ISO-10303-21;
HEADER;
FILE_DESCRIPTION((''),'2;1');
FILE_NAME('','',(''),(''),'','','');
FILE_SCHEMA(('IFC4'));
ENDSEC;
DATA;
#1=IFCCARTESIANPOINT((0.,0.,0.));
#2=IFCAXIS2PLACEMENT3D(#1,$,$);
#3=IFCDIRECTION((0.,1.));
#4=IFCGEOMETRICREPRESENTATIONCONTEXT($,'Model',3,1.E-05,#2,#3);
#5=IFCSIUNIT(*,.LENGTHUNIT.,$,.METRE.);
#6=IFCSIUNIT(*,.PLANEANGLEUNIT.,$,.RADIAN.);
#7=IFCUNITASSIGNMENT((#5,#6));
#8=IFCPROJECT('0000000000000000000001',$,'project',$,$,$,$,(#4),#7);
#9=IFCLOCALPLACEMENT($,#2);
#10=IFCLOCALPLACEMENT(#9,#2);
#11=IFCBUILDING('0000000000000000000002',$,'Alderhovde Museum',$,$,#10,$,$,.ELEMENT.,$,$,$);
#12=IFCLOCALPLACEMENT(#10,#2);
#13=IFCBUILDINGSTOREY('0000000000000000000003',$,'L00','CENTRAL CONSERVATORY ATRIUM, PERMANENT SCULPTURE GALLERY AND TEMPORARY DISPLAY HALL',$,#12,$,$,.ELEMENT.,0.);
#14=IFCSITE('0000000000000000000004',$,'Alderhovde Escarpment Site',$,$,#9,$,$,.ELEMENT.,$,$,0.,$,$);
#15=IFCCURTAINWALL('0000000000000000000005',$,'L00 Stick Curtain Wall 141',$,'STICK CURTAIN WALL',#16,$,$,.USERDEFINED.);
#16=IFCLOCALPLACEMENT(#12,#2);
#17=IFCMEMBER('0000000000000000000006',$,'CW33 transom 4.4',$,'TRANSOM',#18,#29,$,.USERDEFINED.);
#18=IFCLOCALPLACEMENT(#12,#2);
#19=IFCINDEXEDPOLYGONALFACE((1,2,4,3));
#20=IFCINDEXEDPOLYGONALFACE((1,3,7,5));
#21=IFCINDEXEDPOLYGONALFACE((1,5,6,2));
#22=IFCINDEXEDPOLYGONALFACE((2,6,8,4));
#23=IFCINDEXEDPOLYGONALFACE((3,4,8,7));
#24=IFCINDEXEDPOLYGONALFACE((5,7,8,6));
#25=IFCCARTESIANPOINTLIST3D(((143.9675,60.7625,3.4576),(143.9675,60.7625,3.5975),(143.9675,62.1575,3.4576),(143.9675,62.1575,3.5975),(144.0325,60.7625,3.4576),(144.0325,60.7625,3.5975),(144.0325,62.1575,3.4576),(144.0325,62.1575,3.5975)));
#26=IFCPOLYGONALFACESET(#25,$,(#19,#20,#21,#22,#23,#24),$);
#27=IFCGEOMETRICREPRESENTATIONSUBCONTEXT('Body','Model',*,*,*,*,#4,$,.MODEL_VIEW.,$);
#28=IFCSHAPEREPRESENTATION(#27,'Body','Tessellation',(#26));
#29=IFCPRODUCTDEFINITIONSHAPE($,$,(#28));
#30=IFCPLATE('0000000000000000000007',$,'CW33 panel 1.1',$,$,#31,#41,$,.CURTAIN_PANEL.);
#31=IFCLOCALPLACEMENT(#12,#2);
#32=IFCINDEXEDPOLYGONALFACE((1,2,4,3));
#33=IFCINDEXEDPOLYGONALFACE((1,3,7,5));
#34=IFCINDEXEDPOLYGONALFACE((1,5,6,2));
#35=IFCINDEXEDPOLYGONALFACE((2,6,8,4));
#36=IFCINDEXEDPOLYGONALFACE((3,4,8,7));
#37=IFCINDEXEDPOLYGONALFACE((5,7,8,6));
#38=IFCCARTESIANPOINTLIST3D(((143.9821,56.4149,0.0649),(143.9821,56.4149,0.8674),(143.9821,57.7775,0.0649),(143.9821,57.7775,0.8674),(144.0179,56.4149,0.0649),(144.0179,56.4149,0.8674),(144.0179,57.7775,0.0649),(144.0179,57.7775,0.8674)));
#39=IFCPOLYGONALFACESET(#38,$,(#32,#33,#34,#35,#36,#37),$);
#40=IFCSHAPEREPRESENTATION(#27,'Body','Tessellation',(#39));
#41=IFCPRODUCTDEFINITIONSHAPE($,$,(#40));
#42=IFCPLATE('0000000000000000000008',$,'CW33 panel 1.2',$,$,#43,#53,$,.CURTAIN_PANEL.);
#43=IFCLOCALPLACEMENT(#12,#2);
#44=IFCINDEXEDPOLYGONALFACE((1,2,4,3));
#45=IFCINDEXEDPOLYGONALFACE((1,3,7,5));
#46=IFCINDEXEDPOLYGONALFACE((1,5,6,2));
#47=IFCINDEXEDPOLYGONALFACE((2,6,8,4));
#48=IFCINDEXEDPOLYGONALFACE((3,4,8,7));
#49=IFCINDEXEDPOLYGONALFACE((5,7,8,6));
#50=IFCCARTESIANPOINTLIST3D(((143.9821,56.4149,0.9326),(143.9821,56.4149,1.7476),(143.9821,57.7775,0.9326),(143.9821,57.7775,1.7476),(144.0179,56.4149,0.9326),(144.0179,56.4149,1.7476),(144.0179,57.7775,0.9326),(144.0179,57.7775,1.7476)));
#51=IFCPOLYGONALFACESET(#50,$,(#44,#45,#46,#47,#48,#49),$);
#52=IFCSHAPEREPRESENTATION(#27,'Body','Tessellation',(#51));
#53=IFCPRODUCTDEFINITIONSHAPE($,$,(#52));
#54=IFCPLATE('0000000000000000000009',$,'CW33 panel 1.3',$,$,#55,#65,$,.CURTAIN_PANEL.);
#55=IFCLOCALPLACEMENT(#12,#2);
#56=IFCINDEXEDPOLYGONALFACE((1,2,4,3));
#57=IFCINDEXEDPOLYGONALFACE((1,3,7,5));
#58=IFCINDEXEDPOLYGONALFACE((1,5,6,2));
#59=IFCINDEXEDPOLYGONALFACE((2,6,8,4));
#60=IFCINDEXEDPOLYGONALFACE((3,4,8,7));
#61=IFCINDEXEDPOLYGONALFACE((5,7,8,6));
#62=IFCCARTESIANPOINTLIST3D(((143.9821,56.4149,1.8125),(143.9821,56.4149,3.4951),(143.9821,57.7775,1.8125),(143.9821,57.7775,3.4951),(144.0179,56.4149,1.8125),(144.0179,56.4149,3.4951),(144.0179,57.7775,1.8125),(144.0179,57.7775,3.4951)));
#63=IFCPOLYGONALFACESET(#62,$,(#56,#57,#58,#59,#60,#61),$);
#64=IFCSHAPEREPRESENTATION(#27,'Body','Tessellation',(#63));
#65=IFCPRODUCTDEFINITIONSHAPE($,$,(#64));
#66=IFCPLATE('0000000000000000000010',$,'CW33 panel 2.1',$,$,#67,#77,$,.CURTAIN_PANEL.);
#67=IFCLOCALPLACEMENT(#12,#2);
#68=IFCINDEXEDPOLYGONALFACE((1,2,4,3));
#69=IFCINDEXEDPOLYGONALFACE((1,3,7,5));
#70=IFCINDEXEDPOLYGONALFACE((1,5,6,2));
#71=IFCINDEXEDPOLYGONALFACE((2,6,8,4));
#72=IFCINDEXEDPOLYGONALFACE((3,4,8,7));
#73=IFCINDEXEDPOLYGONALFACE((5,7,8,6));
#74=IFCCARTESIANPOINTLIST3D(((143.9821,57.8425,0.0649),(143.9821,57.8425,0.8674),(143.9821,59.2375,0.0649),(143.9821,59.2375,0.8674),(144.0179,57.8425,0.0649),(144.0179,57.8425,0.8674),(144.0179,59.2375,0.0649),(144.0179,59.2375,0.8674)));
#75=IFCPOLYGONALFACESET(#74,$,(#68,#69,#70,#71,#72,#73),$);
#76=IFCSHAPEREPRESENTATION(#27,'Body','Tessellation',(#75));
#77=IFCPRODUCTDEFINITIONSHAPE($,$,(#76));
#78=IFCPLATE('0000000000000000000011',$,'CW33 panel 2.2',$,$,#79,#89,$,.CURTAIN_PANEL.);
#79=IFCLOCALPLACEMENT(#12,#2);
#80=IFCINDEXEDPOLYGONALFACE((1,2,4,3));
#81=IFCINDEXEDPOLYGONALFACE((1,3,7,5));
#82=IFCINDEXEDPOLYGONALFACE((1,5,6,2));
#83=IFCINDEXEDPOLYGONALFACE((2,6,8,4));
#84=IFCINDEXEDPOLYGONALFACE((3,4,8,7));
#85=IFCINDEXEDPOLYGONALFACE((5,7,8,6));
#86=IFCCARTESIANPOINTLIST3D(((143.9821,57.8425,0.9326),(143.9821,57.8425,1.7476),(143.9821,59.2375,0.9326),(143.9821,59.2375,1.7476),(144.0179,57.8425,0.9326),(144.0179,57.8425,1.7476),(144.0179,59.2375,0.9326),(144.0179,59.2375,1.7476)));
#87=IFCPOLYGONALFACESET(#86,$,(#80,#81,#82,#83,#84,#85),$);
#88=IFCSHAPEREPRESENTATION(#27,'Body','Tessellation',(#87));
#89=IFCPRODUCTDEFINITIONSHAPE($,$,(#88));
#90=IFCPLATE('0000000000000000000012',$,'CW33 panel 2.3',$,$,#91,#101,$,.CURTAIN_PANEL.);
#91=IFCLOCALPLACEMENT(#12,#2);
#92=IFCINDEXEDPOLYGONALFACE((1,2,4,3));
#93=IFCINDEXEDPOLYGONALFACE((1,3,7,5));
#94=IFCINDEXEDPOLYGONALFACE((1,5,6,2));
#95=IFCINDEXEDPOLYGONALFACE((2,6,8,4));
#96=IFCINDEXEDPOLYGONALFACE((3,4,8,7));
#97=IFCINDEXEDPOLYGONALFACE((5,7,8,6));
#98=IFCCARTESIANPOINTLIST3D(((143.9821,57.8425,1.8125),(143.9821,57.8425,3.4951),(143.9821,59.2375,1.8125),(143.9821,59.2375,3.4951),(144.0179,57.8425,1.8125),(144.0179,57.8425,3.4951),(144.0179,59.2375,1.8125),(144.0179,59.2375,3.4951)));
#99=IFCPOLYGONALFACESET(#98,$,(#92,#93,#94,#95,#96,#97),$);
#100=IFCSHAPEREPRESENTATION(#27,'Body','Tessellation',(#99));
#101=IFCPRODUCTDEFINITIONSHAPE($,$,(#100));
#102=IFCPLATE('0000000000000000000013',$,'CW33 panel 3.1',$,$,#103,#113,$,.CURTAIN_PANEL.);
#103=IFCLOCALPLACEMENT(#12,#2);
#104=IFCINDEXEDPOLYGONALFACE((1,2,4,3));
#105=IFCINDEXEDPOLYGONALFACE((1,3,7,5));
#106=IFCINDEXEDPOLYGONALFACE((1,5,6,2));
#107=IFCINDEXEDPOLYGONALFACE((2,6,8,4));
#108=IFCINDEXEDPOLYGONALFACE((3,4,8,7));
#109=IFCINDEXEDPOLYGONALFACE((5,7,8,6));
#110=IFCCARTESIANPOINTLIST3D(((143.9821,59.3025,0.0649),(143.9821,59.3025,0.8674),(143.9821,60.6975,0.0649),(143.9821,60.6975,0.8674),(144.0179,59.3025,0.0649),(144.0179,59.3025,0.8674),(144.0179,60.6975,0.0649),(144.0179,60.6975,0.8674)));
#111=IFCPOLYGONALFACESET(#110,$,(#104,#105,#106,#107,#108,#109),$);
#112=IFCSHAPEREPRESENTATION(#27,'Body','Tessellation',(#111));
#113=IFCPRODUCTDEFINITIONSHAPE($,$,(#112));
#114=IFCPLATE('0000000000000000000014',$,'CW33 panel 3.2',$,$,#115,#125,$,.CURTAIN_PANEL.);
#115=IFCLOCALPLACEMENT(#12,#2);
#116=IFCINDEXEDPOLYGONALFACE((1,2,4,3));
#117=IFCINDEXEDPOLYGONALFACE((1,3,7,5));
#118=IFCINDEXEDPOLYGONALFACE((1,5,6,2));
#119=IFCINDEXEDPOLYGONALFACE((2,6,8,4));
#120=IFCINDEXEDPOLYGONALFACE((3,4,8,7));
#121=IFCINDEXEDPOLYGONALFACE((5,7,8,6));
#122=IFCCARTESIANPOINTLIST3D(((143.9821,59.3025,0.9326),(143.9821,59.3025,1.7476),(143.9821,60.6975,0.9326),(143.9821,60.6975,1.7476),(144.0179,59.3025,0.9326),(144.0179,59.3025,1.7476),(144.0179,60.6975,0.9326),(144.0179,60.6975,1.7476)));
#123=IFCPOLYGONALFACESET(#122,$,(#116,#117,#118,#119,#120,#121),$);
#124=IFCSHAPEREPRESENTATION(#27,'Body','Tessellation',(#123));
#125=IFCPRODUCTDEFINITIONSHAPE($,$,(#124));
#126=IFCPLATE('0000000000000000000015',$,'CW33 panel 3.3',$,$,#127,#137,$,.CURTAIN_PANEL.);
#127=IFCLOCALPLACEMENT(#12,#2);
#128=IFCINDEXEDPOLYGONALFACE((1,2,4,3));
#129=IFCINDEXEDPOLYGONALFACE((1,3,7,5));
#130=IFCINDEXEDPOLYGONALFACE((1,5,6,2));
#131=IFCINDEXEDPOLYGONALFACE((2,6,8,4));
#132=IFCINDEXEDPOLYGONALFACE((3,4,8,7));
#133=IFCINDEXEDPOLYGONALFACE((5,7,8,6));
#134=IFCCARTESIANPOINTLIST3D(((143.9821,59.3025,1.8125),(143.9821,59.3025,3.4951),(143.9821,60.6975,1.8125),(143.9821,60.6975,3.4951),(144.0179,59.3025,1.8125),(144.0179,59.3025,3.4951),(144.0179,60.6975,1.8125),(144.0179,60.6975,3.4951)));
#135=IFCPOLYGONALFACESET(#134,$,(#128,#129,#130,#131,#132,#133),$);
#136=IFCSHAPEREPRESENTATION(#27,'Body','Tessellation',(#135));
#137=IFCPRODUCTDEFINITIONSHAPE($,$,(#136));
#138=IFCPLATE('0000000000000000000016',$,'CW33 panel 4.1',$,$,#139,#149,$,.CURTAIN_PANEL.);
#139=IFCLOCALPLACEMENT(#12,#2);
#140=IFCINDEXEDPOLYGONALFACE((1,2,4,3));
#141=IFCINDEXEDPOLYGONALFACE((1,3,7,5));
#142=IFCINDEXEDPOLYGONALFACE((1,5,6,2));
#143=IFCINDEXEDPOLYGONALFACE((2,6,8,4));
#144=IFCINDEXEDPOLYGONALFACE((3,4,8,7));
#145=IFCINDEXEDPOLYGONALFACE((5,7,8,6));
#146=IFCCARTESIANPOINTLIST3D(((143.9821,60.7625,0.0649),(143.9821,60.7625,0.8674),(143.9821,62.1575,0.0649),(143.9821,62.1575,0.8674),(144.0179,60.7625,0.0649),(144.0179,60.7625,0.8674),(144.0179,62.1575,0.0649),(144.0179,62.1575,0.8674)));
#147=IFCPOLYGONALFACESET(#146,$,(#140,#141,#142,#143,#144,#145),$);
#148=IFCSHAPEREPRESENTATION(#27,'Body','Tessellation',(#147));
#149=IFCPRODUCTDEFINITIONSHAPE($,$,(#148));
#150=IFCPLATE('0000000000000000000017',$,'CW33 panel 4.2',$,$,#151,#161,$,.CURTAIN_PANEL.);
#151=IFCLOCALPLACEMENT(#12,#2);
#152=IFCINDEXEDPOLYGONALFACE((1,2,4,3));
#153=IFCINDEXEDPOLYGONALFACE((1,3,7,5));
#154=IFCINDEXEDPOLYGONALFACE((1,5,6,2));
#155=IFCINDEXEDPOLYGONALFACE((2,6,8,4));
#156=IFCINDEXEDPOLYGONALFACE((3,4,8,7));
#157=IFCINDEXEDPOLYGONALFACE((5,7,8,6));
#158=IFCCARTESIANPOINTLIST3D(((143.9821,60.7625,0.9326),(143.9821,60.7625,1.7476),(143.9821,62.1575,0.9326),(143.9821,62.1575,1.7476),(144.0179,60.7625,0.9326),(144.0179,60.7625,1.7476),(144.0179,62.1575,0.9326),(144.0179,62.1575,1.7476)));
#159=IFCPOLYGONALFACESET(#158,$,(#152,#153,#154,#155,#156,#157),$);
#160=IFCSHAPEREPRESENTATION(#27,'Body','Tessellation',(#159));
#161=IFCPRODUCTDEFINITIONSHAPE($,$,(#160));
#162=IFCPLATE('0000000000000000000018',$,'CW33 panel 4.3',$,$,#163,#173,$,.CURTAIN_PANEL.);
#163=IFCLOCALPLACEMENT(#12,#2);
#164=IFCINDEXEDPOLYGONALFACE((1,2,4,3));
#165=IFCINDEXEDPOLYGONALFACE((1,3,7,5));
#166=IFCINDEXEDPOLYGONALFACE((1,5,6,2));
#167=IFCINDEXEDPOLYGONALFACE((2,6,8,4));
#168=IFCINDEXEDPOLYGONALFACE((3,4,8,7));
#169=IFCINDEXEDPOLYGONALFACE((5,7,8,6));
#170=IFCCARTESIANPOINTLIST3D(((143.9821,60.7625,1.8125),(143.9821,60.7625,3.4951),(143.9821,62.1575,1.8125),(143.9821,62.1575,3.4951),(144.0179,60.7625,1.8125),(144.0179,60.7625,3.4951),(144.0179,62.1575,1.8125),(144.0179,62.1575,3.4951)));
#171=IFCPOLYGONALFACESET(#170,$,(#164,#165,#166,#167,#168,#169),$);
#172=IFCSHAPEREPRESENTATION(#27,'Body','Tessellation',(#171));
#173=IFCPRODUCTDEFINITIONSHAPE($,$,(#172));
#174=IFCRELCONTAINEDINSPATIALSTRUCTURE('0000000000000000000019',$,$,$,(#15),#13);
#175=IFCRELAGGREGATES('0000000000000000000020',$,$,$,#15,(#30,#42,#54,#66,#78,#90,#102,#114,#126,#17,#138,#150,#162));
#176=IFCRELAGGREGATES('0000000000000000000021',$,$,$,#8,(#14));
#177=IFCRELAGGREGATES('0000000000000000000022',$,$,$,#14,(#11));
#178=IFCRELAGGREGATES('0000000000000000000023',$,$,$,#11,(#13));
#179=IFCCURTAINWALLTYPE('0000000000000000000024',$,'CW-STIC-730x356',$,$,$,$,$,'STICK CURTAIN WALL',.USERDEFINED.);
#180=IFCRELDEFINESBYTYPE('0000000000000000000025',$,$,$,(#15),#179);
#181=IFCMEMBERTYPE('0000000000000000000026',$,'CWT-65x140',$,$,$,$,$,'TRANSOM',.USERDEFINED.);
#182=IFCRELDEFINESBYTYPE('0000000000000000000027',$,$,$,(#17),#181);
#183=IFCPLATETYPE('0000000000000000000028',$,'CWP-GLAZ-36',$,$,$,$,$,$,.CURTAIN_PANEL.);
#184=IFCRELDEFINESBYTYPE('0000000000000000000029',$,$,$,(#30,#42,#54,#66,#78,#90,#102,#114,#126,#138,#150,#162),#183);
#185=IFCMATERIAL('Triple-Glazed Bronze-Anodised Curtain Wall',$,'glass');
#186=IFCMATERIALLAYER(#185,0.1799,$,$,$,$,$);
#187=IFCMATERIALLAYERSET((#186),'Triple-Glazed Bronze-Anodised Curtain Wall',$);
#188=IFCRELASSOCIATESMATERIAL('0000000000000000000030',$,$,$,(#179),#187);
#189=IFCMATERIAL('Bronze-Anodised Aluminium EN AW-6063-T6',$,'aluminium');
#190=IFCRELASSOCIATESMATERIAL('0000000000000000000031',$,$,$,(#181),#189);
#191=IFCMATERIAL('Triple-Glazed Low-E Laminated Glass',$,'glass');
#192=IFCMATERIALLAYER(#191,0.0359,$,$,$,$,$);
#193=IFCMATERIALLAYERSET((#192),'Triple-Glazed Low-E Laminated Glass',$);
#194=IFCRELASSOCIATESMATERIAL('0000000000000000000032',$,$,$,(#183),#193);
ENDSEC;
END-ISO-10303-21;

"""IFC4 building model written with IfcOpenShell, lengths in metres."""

from ifc_helpers import new_model, si_unit, direction, frame, origin, origin_2d, place, context, subcontext, project, spatial, rectangle, extrude, material, layer, layer_set, material_profile, profile_set, type_object, element, aggregate, save


model = new_model("IFC4")

# Units and contexts
model_context = context("Model", 3, precision=1e-05, world=origin(), true_north=direction((0.0, 1.0)))
body_context = subcontext(model_context, "Body", "Model", "MODEL_VIEW")
ifc_project = project(units=[si_unit("LENGTHUNIT", "METRE"), si_unit("PLANEANGLEUNIT", "RADIAN")], contexts=[model_context])

# Site, building, storey
site_placement = place(None, origin())
site = spatial("IfcSite", under=ifc_project, at=site_placement, Name="Alderhovde Escarpment Site", CompositionType="ELEMENT", RefElevation=0.0)
building_placement = place(site_placement, origin())
building = spatial("IfcBuilding", under=site, at=building_placement, Name="Alderhovde Museum", CompositionType="ELEMENT")
storey_placement = place(building_placement, origin())
storey = spatial("IfcBuildingStorey", under=building, at=storey_placement, Name="L00", Description="CENTRAL CONSERVATORY ATRIUM, PERMANENT SCULPTURE GALLERY AND TEMPORARY DISPLAY HALL", CompositionType="ELEMENT", Elevation=0.0)

# Curtain wall, member, plates
ifc_material_1 = material(Name="Triple-Glazed Bronze-Anodised Curtain Wall", Category="glass")
ifc_layer_1 = layer(ifc_material_1, 0.1799)
ifc_layer_set_1 = layer_set([ifc_layer_1], Name="Triple-Glazed Bronze-Anodised Curtain Wall")
curtain_wall_type = type_object("IfcCurtainWallType", Name="CW-STIC-730x356", ElementType="STICK CURTAIN WALL", PredefinedType="USERDEFINED", material=ifc_layer_set_1)
curtain_wall_placement = place(storey_placement, origin())
curtain_wall = element("IfcCurtainWall", 1, at=curtain_wall_placement, inside=storey, type_object=curtain_wall_type, Name="L00 Stick Curtain Wall 141", ObjectType="STICK CURTAIN WALL", PredefinedType="USERDEFINED")
ifc_material_2 = material(Name="Bronze-Anodised Aluminium EN AW-6063-T6", Category="aluminium")
ifc_material_profile_1 = material_profile(ifc_material_2, rectangle(XDim=0.0649, YDim=0.1399, at=origin_2d()), Name="TRANSOM 65x140")
ifc_profile_set_1 = profile_set([ifc_material_profile_1], Name="Bronze-Anodised Aluminium EN AW-6063-T6")
member_type_1 = type_object("IfcMemberType", Name="CWT-65x140", ElementType="TRANSOM", PredefinedType="USERDEFINED", material=ifc_profile_set_1)
member_1_placement = place(storey_placement, frame((144.0, 60.7625, 3.5276), z_axis=(0.0, 1.0, 0.0), x_axis=(-1.0, 0.0, 0.0)))
member_1 = element("IfcMember", 2, at=member_1_placement, type_object=member_type_1, Name="CW33 transom 4.4", ObjectType="TRANSOM", PredefinedType="USERDEFINED", context=body_context, shape_type="SweptSolid", body=[
    extrude(rectangle(XDim=0.0649, YDim=0.1399, at=origin_2d()), origin(), (0.0, 0.0, 1.0), 1.395),
])
ifc_material_3 = material(Name="Triple-Glazed Low-E Laminated Glass", Category="glass")
ifc_layer_2 = layer(ifc_material_3, 0.0359)
ifc_layer_set_2 = layer_set([ifc_layer_2], Name="Triple-Glazed Low-E Laminated Glass")
plate_type = type_object("IfcPlateType", Name="CWP-GLAZ-36", PredefinedType="CURTAIN_PANEL", material=ifc_layer_set_2)
plate_1_placement = place(storey_placement, frame((144.0, 57.0962, 0.0649), z_axis=(0.0, 0.0, 1.0), x_axis=(0.0, 1.0, 0.0)))
plate_1 = element("IfcPlate", 3, at=plate_1_placement, type_object=plate_type, Name="CW33 panel 1.1", PredefinedType="CURTAIN_PANEL", context=body_context, shape_type="SweptSolid", body=[
    extrude(rectangle(XDim=1.3625, YDim=0.0359, at=origin_2d()), origin(), (0.0, 0.0, 1.0), 0.8025),
])
plate_2_placement = place(storey_placement, frame((144.0, 57.0962, 0.9326), z_axis=(0.0, 0.0, 1.0), x_axis=(0.0, 1.0, 0.0)))
plate_2 = element("IfcPlate", 4, at=plate_2_placement, type_object=plate_type, Name="CW33 panel 1.2", PredefinedType="CURTAIN_PANEL", context=body_context, shape_type="SweptSolid", body=[
    extrude(rectangle(XDim=1.3625, YDim=0.0359, at=origin_2d()), origin(), (0.0, 0.0, 1.0), 0.8149),
])
plate_3_placement = place(storey_placement, frame((144.0, 57.0962, 1.8125), z_axis=(0.0, 0.0, 1.0), x_axis=(0.0, 1.0, 0.0)))
plate_3 = element("IfcPlate", 5, at=plate_3_placement, type_object=plate_type, Name="CW33 panel 1.3", PredefinedType="CURTAIN_PANEL", context=body_context, shape_type="SweptSolid", body=[
    extrude(rectangle(XDim=1.3625, YDim=0.0359, at=origin_2d()), origin(), (0.0, 0.0, 1.0), 1.6826),
])
plate_4_placement = place(storey_placement, frame((144.0, 58.54, 0.0649), z_axis=(0.0, 0.0, 1.0), x_axis=(0.0, 1.0, 0.0)))
plate_4 = element("IfcPlate", 6, at=plate_4_placement, type_object=plate_type, Name="CW33 panel 2.1", PredefinedType="CURTAIN_PANEL", context=body_context, shape_type="SweptSolid", body=[
    extrude(rectangle(XDim=1.395, YDim=0.0359, at=origin_2d()), origin(), (0.0, 0.0, 1.0), 0.8025),
])
plate_5_placement = place(storey_placement, frame((144.0, 58.54, 0.9326), z_axis=(0.0, 0.0, 1.0), x_axis=(0.0, 1.0, 0.0)))
plate_5 = element("IfcPlate", 7, at=plate_5_placement, type_object=plate_type, Name="CW33 panel 2.2", PredefinedType="CURTAIN_PANEL", context=body_context, shape_type="SweptSolid", body=[
    extrude(rectangle(XDim=1.395, YDim=0.0359, at=origin_2d()), origin(), (0.0, 0.0, 1.0), 0.8149),
])
plate_6_placement = place(storey_placement, frame((144.0, 58.54, 1.8125), z_axis=(0.0, 0.0, 1.0), x_axis=(0.0, 1.0, 0.0)))
plate_6 = element("IfcPlate", 8, at=plate_6_placement, type_object=plate_type, Name="CW33 panel 2.3", PredefinedType="CURTAIN_PANEL", context=body_context, shape_type="SweptSolid", body=[
    extrude(rectangle(XDim=1.395, YDim=0.0359, at=origin_2d()), origin(), (0.0, 0.0, 1.0), 1.6826),
])
plate_7_placement = place(storey_placement, frame((144.0, 60.0, 0.0649), z_axis=(0.0, 0.0, 1.0), x_axis=(0.0, 1.0, 0.0)))
plate_7 = element("IfcPlate", 9, at=plate_7_placement, type_object=plate_type, Name="CW33 panel 3.1", PredefinedType="CURTAIN_PANEL", context=body_context, shape_type="SweptSolid", body=[
    extrude(rectangle(XDim=1.395, YDim=0.0359, at=origin_2d()), origin(), (0.0, 0.0, 1.0), 0.8025),
])
plate_8_placement = place(storey_placement, frame((144.0, 60.0, 0.9326), z_axis=(0.0, 0.0, 1.0), x_axis=(0.0, 1.0, 0.0)))
plate_8 = element("IfcPlate", 10, at=plate_8_placement, type_object=plate_type, Name="CW33 panel 3.2", PredefinedType="CURTAIN_PANEL", context=body_context, shape_type="SweptSolid", body=[
    extrude(rectangle(XDim=1.395, YDim=0.0359, at=origin_2d()), origin(), (0.0, 0.0, 1.0), 0.8149),
])
plate_9_placement = place(storey_placement, frame((144.0, 60.0, 1.8125), z_axis=(0.0, 0.0, 1.0), x_axis=(0.0, 1.0, 0.0)))
plate_9 = element("IfcPlate", 11, at=plate_9_placement, type_object=plate_type, Name="CW33 panel 3.3", PredefinedType="CURTAIN_PANEL", context=body_context, shape_type="SweptSolid", body=[
    extrude(rectangle(XDim=1.395, YDim=0.0359, at=origin_2d()), origin(), (0.0, 0.0, 1.0), 1.6826),
])
plate_10_placement = place(storey_placement, frame((144.0, 61.46, 0.0649), z_axis=(0.0, 0.0, 1.0), x_axis=(0.0, 1.0, 0.0)))
plate_10 = element("IfcPlate", 12, at=plate_10_placement, type_object=plate_type, Name="CW33 panel 4.1", PredefinedType="CURTAIN_PANEL", context=body_context, shape_type="SweptSolid", body=[
    extrude(rectangle(XDim=1.395, YDim=0.0359, at=origin_2d()), origin(), (0.0, 0.0, 1.0), 0.8025),
])
plate_11_placement = place(storey_placement, frame((144.0, 61.46, 0.9326), z_axis=(0.0, 0.0, 1.0), x_axis=(0.0, 1.0, 0.0)))
plate_11 = element("IfcPlate", 13, at=plate_11_placement, type_object=plate_type, Name="CW33 panel 4.2", PredefinedType="CURTAIN_PANEL", context=body_context, shape_type="SweptSolid", body=[
    extrude(rectangle(XDim=1.395, YDim=0.0359, at=origin_2d()), origin(), (0.0, 0.0, 1.0), 0.8149),
])
plate_12_placement = place(storey_placement, frame((144.0, 61.46, 1.8125), z_axis=(0.0, 0.0, 1.0), x_axis=(0.0, 1.0, 0.0)))
plate_12 = element("IfcPlate", 14, at=plate_12_placement, type_object=plate_type, Name="CW33 panel 4.3", PredefinedType="CURTAIN_PANEL", context=body_context, shape_type="SweptSolid", body=[
    extrude(rectangle(XDim=1.395, YDim=0.0359, at=origin_2d()), origin(), (0.0, 0.0, 1.0), 1.6826),
])
aggregate(curtain_wall, [plate_1, plate_2, plate_3, plate_4, plate_5, plate_6, plate_7, plate_8, plate_9, member_1, plate_10, plate_11, plate_12])

save(model, "model.ifc")
